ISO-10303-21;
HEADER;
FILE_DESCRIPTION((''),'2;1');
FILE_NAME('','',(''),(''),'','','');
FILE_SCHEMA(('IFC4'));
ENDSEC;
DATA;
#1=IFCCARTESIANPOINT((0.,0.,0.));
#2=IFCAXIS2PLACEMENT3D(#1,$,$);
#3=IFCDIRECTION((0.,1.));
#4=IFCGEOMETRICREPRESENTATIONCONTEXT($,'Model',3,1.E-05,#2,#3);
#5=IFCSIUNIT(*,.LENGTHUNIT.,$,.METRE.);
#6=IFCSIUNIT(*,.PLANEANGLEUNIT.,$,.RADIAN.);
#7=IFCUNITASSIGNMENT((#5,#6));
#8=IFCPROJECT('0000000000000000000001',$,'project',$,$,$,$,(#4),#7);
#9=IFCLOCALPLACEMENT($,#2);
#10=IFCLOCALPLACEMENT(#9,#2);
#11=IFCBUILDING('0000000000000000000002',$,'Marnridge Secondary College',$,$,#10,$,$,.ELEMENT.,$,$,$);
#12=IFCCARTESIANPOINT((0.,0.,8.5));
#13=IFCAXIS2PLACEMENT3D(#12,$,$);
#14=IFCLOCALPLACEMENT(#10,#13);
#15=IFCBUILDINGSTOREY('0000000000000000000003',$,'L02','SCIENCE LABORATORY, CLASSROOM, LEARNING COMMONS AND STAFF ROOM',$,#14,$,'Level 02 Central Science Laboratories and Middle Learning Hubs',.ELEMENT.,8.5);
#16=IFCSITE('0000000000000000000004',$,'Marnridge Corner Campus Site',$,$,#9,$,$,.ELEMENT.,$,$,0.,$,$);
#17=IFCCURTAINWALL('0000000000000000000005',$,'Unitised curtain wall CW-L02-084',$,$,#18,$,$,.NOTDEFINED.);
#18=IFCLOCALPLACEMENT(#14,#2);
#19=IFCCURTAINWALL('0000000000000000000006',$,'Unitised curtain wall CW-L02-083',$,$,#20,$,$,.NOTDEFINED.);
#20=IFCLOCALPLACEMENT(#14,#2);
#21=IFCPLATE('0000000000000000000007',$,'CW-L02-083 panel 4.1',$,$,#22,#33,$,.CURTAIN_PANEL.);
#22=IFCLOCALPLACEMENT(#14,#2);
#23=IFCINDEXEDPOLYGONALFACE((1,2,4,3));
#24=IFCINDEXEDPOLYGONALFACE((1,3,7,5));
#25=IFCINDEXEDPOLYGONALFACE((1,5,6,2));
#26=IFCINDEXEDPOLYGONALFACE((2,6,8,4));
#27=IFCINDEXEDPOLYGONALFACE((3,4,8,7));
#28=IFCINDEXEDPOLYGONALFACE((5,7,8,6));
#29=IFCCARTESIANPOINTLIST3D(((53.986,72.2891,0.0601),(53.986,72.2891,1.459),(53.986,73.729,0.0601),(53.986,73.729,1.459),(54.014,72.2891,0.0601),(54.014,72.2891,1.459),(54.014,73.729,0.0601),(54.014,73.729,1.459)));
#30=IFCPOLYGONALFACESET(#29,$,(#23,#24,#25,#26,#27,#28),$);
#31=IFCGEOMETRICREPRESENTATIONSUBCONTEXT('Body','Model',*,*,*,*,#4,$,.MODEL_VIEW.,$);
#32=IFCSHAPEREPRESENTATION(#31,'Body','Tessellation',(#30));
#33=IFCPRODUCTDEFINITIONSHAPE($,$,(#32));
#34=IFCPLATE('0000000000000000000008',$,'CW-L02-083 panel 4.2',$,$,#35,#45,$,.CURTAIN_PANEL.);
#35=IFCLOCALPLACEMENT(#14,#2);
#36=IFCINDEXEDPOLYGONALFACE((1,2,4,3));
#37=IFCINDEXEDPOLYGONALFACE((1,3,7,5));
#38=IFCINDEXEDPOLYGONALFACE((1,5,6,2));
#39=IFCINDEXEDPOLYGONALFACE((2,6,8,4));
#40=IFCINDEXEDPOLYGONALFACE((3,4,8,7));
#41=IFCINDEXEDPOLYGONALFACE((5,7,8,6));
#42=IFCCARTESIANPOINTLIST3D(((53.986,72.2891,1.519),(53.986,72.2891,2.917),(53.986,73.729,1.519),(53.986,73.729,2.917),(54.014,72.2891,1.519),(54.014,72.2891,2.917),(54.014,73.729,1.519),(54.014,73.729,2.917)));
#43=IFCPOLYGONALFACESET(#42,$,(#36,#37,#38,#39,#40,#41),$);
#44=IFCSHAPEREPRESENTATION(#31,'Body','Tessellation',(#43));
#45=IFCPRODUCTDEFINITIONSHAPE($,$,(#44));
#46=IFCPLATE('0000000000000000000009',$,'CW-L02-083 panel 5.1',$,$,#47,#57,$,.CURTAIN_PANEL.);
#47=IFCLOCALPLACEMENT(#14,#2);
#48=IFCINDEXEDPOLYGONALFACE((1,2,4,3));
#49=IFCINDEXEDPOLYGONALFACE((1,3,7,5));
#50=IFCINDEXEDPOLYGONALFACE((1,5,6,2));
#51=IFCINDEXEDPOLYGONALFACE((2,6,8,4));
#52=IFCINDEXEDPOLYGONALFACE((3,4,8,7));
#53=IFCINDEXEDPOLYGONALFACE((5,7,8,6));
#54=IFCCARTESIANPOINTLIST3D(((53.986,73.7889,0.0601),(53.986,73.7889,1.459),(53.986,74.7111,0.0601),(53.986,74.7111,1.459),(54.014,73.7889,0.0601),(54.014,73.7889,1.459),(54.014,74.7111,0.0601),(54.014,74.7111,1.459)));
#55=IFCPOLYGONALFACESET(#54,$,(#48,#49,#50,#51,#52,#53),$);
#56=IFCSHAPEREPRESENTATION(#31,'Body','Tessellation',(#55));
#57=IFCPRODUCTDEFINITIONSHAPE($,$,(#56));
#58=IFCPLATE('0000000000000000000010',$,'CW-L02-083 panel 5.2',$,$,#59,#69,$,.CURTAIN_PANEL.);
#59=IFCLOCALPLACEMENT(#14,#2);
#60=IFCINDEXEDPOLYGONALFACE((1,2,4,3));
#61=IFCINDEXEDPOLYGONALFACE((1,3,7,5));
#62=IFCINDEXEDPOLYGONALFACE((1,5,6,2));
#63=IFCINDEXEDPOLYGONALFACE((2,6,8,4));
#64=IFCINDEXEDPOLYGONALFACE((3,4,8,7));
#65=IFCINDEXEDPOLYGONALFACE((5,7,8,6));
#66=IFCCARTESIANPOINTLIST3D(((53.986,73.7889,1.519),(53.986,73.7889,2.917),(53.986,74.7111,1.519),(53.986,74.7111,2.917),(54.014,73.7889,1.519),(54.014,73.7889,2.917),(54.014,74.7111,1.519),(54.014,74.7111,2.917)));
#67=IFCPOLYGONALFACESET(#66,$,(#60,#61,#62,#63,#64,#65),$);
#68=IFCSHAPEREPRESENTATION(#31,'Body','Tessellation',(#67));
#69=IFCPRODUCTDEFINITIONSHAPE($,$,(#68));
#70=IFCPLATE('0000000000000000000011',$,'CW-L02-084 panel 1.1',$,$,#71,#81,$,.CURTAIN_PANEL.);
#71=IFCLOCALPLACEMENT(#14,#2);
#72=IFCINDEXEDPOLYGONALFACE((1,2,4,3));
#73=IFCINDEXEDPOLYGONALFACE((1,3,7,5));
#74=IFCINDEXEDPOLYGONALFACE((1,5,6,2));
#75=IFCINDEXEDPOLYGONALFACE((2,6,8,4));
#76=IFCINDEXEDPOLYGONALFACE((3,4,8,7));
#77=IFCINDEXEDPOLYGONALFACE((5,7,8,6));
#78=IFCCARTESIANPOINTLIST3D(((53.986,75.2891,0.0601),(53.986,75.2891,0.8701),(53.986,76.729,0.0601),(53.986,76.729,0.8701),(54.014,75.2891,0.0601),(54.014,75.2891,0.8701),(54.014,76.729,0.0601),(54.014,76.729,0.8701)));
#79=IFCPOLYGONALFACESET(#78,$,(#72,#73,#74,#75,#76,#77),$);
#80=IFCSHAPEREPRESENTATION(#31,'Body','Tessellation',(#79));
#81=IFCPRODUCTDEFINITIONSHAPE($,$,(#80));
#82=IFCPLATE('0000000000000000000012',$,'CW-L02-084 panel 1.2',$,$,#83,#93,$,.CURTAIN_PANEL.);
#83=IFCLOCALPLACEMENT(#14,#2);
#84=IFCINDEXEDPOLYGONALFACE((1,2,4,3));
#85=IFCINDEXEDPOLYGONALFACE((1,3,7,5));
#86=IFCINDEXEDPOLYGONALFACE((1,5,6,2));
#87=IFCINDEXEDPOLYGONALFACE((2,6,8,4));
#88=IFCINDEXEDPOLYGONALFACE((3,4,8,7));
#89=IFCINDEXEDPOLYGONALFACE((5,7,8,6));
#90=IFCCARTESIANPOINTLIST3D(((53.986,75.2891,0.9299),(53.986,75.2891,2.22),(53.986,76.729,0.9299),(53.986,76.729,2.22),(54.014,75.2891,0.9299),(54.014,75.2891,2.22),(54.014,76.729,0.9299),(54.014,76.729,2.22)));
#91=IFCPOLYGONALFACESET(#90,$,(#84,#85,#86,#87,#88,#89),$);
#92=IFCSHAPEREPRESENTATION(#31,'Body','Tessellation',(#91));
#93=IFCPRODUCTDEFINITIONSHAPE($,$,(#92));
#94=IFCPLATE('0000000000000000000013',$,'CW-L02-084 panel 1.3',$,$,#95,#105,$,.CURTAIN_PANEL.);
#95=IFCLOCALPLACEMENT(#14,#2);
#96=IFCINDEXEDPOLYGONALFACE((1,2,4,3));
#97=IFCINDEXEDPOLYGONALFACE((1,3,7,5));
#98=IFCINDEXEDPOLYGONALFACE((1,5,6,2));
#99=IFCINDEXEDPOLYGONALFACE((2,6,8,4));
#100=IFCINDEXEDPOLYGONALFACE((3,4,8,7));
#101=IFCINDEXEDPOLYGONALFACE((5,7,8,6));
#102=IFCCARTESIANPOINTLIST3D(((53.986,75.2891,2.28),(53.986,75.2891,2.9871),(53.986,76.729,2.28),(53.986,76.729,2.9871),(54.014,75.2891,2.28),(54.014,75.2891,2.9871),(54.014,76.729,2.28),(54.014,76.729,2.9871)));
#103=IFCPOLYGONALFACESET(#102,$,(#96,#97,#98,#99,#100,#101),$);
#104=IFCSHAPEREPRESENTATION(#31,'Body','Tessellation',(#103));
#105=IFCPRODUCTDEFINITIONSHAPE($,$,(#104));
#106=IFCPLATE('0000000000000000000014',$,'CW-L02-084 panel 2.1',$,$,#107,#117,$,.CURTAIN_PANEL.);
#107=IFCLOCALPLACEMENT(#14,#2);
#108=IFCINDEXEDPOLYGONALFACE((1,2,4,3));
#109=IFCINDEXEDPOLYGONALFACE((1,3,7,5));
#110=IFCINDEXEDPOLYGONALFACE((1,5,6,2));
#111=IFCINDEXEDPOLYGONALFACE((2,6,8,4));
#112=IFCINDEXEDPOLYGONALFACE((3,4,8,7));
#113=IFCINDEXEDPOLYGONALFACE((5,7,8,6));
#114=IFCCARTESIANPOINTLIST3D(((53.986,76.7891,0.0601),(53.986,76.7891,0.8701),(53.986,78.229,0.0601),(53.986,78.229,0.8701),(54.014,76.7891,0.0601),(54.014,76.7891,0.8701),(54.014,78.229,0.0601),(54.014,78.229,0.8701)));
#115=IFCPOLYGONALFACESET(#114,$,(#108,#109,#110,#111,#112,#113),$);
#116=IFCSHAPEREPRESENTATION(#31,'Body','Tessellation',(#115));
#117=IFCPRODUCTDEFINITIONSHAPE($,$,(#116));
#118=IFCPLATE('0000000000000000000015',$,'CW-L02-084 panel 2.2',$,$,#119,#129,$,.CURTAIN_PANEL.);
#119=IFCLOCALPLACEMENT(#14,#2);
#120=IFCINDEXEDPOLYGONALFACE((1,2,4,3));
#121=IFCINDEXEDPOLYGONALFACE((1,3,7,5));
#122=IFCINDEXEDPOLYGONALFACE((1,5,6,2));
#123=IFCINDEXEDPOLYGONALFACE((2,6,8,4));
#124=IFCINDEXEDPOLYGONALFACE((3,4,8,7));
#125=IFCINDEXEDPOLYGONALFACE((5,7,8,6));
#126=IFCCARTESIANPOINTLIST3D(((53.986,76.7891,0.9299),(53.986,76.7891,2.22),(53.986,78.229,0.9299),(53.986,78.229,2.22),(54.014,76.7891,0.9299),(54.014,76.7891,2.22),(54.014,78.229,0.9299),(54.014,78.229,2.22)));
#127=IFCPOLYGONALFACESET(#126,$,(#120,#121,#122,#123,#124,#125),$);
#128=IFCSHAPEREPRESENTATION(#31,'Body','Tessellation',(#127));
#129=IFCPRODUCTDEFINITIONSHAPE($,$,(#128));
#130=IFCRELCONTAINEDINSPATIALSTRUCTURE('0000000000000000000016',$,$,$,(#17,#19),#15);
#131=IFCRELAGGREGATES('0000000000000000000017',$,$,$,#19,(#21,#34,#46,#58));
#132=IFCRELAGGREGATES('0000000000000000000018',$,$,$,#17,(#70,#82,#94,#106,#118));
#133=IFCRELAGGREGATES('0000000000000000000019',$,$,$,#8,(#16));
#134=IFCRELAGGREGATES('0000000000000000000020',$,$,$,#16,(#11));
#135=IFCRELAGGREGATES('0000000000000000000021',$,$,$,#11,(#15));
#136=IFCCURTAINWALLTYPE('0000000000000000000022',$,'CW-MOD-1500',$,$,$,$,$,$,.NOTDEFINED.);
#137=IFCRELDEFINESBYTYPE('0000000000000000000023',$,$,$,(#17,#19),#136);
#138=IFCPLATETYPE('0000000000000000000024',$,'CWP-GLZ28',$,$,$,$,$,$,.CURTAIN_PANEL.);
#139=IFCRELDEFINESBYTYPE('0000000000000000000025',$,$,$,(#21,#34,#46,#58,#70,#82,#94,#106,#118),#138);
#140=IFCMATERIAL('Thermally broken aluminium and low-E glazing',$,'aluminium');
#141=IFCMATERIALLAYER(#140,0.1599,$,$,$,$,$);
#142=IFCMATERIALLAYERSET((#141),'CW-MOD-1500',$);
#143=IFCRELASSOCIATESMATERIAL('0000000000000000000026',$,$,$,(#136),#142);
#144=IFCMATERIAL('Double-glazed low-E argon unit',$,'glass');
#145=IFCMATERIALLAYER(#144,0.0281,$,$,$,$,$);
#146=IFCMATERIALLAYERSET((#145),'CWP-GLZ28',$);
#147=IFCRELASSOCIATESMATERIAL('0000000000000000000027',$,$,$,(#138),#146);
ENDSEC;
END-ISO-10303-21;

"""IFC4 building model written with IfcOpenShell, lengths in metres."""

from ifc_helpers import new_model, si_unit, direction, frame, origin, origin_2d, place, context, subcontext, project, spatial, rectangle, extrude, material, layer, layer_set, type_object, element, aggregate, save


model = new_model("IFC4")

# Units and contexts
model_context = context("Model", 3, precision=1e-05, world=origin(), true_north=direction((0.0, 1.0)))
body_context = subcontext(model_context, "Body", "Model", "MODEL_VIEW")
ifc_project = project(units=[si_unit("LENGTHUNIT", "METRE"), si_unit("PLANEANGLEUNIT", "RADIAN")], contexts=[model_context])

# Site, building, storey
site_placement = place(None, origin())
site = spatial("IfcSite", under=ifc_project, at=site_placement, Name="Marnridge Corner Campus Site", CompositionType="ELEMENT", RefElevation=0.0)
building_placement = place(site_placement, origin())
building = spatial("IfcBuilding", under=site, at=building_placement, Name="Marnridge Secondary College", CompositionType="ELEMENT")
storey_placement = place(building_placement, frame((0.0, 0.0, 8.5)))
storey = spatial("IfcBuildingStorey", under=building, at=storey_placement, Name="L02", Description="SCIENCE LABORATORY, CLASSROOM, LEARNING COMMONS AND STAFF ROOM", LongName="Level 02 Central Science Laboratories and Middle Learning Hubs", CompositionType="ELEMENT", Elevation=8.5)

# Curtain walls
ifc_material_1 = material(Name="Thermally broken aluminium and low-E glazing", Category="aluminium")
ifc_layer_1 = layer(ifc_material_1, 0.1599)
ifc_layer_set_1 = layer_set([ifc_layer_1], Name="CW-MOD-1500")
curtain_wall_type = type_object("IfcCurtainWallType", Name="CW-MOD-1500", PredefinedType="NOTDEFINED", material=ifc_layer_set_1)
curtain_wall_1_placement = place(storey_placement, origin())
curtain_wall_1 = element("IfcCurtainWall", 1, at=curtain_wall_1_placement, inside=storey, type_object=curtain_wall_type, Name="Unitised curtain wall CW-L02-084", PredefinedType="NOTDEFINED")
curtain_wall_2_placement = place(storey_placement, origin())
curtain_wall_2 = element("IfcCurtainWall", 2, at=curtain_wall_2_placement, inside=storey, type_object=curtain_wall_type, Name="Unitised curtain wall CW-L02-083", PredefinedType="NOTDEFINED")

# Plates
ifc_material_2 = material(Name="Double-glazed low-E argon unit", Category="glass")
ifc_layer_2 = layer(ifc_material_2, 0.0281)
ifc_layer_set_2 = layer_set([ifc_layer_2], Name="CWP-GLZ28")
plate_type = type_object("IfcPlateType", Name="CWP-GLZ28", PredefinedType="CURTAIN_PANEL", material=ifc_layer_set_2)
plate_1_placement = place(storey_placement, frame((54.0, 73.009, 0.0601), z_axis=(0.0, 0.0, 1.0), x_axis=(0.0, 1.0, 0.0)))
plate_1 = element("IfcPlate", 3, at=plate_1_placement, type_object=plate_type, Name="CW-L02-083 panel 4.1", PredefinedType="CURTAIN_PANEL", context=body_context, shape_type="SweptSolid", body=[
    extrude(rectangle(XDim=1.4399, YDim=0.0281, at=origin_2d()), origin(), (0.0, 0.0, 1.0), 1.3989),
])
plate_2_placement = place(storey_placement, frame((54.0, 73.009, 1.519), z_axis=(0.0, 0.0, 1.0), x_axis=(0.0, 1.0, 0.0)))
plate_2 = element("IfcPlate", 4, at=plate_2_placement, type_object=plate_type, Name="CW-L02-083 panel 4.2", PredefinedType="CURTAIN_PANEL", context=body_context, shape_type="SweptSolid", body=[
    extrude(rectangle(XDim=1.4399, YDim=0.0281, at=origin_2d()), origin(), (0.0, 0.0, 1.0), 1.3979),
])
plate_3_placement = place(storey_placement, frame((54.0, 74.25, 0.0601), z_axis=(0.0, 0.0, 1.0), x_axis=(0.0, 1.0, 0.0)))
plate_3 = element("IfcPlate", 5, at=plate_3_placement, type_object=plate_type, Name="CW-L02-083 panel 5.1", PredefinedType="CURTAIN_PANEL", context=body_context, shape_type="SweptSolid", body=[
    extrude(rectangle(XDim=0.9221, YDim=0.0281, at=origin_2d()), origin(), (0.0, 0.0, 1.0), 1.3989),
])
plate_4_placement = place(storey_placement, frame((54.0, 74.25, 1.519), z_axis=(0.0, 0.0, 1.0), x_axis=(0.0, 1.0, 0.0)))
plate_4 = element("IfcPlate", 6, at=plate_4_placement, type_object=plate_type, Name="CW-L02-083 panel 5.2", PredefinedType="CURTAIN_PANEL", context=body_context, shape_type="SweptSolid", body=[
    extrude(rectangle(XDim=0.9221, YDim=0.0281, at=origin_2d()), origin(), (0.0, 0.0, 1.0), 1.3979),
])
aggregate(curtain_wall_2, [plate_1, plate_2, plate_3, plate_4])
plate_5_placement = place(storey_placement, frame((54.0, 76.009, 0.0601), z_axis=(0.0, 0.0, 1.0), x_axis=(0.0, 1.0, 0.0)))
plate_5 = element("IfcPlate", 7, at=plate_5_placement, type_object=plate_type, Name="CW-L02-084 panel 1.1", PredefinedType="CURTAIN_PANEL", context=body_context, shape_type="SweptSolid", body=[
    extrude(rectangle(XDim=1.4399, YDim=0.0281, at=origin_2d()), origin(), (0.0, 0.0, 1.0), 0.8101),
])
plate_6_placement = place(storey_placement, frame((54.0, 76.009, 0.9299), z_axis=(0.0, 0.0, 1.0), x_axis=(0.0, 1.0, 0.0)))
plate_6 = element("IfcPlate", 8, at=plate_6_placement, type_object=plate_type, Name="CW-L02-084 panel 1.2", PredefinedType="CURTAIN_PANEL", context=body_context, shape_type="SweptSolid", body=[
    extrude(rectangle(XDim=1.4399, YDim=0.0281, at=origin_2d()), origin(), (0.0, 0.0, 1.0), 1.29),
])
plate_7_placement = place(storey_placement, frame((54.0, 76.009, 2.28), z_axis=(0.0, 0.0, 1.0), x_axis=(0.0, 1.0, 0.0)))
plate_7 = element("IfcPlate", 9, at=plate_7_placement, type_object=plate_type, Name="CW-L02-084 panel 1.3", PredefinedType="CURTAIN_PANEL", context=body_context, shape_type="SweptSolid", body=[
    extrude(rectangle(XDim=1.4399, YDim=0.0281, at=origin_2d()), origin(), (0.0, 0.0, 1.0), 0.707),
])
plate_8_placement = place(storey_placement, frame((54.0, 77.509, 0.0601), z_axis=(0.0, 0.0, 1.0), x_axis=(0.0, 1.0, 0.0)))
plate_8 = element("IfcPlate", 10, at=plate_8_placement, type_object=plate_type, Name="CW-L02-084 panel 2.1", PredefinedType="CURTAIN_PANEL", context=body_context, shape_type="SweptSolid", body=[
    extrude(rectangle(XDim=1.4399, YDim=0.0281, at=origin_2d()), origin(), (0.0, 0.0, 1.0), 0.8101),
])
plate_9_placement = place(storey_placement, frame((54.0, 77.509, 0.9299), z_axis=(0.0, 0.0, 1.0), x_axis=(0.0, 1.0, 0.0)))
plate_9 = element("IfcPlate", 11, at=plate_9_placement, type_object=plate_type, Name="CW-L02-084 panel 2.2", PredefinedType="CURTAIN_PANEL", context=body_context, shape_type="SweptSolid", body=[
    extrude(rectangle(XDim=1.4399, YDim=0.0281, at=origin_2d()), origin(), (0.0, 0.0, 1.0), 1.29),
])
aggregate(curtain_wall_1, [plate_5, plate_6, plate_7, plate_8, plate_9])

save(model, "model.ifc")
